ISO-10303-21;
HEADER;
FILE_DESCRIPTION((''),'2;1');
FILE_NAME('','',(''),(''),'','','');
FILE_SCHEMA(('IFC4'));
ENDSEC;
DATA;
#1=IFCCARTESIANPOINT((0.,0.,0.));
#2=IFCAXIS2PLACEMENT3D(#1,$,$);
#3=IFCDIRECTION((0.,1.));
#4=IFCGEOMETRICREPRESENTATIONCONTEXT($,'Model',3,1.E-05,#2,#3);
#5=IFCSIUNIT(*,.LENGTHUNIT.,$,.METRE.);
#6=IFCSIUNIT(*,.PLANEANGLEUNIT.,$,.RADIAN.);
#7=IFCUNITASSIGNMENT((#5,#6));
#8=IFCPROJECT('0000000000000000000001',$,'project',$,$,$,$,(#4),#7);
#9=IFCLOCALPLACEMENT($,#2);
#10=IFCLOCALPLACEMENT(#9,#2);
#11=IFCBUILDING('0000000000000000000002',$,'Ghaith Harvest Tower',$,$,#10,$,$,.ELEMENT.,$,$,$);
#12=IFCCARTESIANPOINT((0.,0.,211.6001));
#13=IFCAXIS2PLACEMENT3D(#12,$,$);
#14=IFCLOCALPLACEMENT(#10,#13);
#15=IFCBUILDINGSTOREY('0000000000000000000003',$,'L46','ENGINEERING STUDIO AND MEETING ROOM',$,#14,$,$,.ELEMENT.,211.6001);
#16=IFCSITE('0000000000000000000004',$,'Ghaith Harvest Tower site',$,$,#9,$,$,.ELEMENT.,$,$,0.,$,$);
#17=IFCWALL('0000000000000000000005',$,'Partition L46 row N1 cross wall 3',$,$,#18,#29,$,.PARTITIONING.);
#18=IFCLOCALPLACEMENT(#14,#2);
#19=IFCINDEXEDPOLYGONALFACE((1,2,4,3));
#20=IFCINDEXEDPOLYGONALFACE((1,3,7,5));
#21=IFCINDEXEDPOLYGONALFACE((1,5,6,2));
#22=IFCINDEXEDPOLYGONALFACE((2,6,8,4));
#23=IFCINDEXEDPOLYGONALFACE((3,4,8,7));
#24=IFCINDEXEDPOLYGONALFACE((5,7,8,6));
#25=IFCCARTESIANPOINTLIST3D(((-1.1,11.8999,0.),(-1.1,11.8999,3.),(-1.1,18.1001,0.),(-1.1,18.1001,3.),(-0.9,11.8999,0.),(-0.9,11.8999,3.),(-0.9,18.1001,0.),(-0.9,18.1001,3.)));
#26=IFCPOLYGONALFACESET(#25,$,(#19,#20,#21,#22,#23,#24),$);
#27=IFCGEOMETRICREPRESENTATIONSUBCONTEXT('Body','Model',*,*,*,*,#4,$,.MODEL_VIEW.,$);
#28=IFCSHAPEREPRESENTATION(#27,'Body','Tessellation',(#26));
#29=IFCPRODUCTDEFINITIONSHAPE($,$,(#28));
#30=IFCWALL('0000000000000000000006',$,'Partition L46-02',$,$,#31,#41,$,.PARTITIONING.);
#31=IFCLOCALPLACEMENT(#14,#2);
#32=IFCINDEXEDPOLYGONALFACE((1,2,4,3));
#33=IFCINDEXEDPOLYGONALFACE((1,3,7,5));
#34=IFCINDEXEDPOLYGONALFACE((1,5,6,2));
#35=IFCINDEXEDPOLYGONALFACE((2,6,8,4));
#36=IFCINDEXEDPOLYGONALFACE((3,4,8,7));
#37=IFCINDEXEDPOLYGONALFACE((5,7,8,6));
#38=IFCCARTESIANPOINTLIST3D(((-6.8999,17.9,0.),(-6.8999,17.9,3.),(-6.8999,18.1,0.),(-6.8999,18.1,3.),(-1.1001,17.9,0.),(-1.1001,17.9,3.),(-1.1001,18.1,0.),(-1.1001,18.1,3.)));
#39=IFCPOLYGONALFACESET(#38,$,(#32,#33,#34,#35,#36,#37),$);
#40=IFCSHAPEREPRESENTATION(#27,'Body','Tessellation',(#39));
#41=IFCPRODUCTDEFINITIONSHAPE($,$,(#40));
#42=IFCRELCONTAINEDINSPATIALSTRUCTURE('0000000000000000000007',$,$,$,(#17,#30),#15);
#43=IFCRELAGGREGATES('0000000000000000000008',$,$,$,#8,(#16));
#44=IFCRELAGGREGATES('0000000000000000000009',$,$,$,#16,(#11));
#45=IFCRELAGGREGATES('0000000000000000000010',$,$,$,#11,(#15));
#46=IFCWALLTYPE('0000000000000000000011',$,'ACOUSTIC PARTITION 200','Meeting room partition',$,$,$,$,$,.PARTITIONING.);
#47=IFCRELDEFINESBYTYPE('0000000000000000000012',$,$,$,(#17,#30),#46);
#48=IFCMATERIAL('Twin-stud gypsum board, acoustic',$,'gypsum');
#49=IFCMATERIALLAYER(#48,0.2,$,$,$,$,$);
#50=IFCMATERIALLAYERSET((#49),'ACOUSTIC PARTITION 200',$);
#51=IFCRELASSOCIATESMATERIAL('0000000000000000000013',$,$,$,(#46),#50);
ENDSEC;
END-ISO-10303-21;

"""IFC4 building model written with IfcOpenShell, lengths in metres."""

from ifc_helpers import new_model, si_unit, direction, frame, frame_2d, origin, place, context, subcontext, project, spatial, rectangle, extrude, material, layer, layer_set, type_object, element, save


model = new_model("IFC4")

# Units and contexts
model_context = context("Model", 3, precision=1e-05, world=origin(), true_north=direction((0.0, 1.0)))
body_context = subcontext(model_context, "Body", "Model", "MODEL_VIEW")
ifc_project = project(units=[si_unit("LENGTHUNIT", "METRE"), si_unit("PLANEANGLEUNIT", "RADIAN")], contexts=[model_context])

# Site, building, storey
site_placement = place(None, origin())
site = spatial("IfcSite", under=ifc_project, at=site_placement, Name="Ghaith Harvest Tower site", CompositionType="ELEMENT", RefElevation=0.0)
building_placement = place(site_placement, origin())
building = spatial("IfcBuilding", under=site, at=building_placement, Name="Ghaith Harvest Tower", CompositionType="ELEMENT")
storey_placement = place(building_placement, frame((0.0, 0.0, 211.6001)))
storey = spatial("IfcBuildingStorey", under=building, at=storey_placement, Name="L46", Description="ENGINEERING STUDIO AND MEETING ROOM", CompositionType="ELEMENT", Elevation=211.6001)

# Wall
ifc_material_1 = material(Name="Twin-stud gypsum board, acoustic", Category="gypsum")
ifc_layer_1 = layer(ifc_material_1, 0.2)
ifc_layer_set_1 = layer_set([ifc_layer_1], Name="ACOUSTIC PARTITION 200")
wall_type = type_object("IfcWallType", Name="ACOUSTIC PARTITION 200", Description="Meeting room partition", PredefinedType="PARTITIONING", material=ifc_layer_set_1)
for number, where, z_axis, x_axis, name in (
    (1, (-1.0, 11.8999, 0.0), (0.0, 0.0, 1.0), (0.0, 1.0, 0.0), "Partition L46 row N1 cross wall 3"),
):
    element("IfcWall", number, at=place(storey_placement, frame(where, z_axis=z_axis, x_axis=x_axis)), inside=storey, type_object=wall_type, Name=name, PredefinedType="PARTITIONING", context=body_context, shape_type="SweptSolid", body=[
        extrude(rectangle(XDim=6.2002, YDim=0.2, at=frame_2d((3.1001, 0.0))), origin(), (0.0, 0.0, 1.0), 3.0),
    ])

# Wall
wall_1_placement = place(storey_placement, frame((-6.8999, 18.0, 0.0), z_axis=(0.0, 0.0, 1.0), x_axis=(1.0, 0.0, 0.0)))
element("IfcWall", 2, at=wall_1_placement, inside=storey, type_object=wall_type, Name="Partition L46-02", PredefinedType="PARTITIONING", context=body_context, shape_type="SweptSolid", body=[
    extrude(rectangle(XDim=5.7998, YDim=0.2, at=frame_2d((2.8999, 0.0))), origin(), (0.0, 0.0, 1.0), 3.0),
])

save(model, "model.ifc")
